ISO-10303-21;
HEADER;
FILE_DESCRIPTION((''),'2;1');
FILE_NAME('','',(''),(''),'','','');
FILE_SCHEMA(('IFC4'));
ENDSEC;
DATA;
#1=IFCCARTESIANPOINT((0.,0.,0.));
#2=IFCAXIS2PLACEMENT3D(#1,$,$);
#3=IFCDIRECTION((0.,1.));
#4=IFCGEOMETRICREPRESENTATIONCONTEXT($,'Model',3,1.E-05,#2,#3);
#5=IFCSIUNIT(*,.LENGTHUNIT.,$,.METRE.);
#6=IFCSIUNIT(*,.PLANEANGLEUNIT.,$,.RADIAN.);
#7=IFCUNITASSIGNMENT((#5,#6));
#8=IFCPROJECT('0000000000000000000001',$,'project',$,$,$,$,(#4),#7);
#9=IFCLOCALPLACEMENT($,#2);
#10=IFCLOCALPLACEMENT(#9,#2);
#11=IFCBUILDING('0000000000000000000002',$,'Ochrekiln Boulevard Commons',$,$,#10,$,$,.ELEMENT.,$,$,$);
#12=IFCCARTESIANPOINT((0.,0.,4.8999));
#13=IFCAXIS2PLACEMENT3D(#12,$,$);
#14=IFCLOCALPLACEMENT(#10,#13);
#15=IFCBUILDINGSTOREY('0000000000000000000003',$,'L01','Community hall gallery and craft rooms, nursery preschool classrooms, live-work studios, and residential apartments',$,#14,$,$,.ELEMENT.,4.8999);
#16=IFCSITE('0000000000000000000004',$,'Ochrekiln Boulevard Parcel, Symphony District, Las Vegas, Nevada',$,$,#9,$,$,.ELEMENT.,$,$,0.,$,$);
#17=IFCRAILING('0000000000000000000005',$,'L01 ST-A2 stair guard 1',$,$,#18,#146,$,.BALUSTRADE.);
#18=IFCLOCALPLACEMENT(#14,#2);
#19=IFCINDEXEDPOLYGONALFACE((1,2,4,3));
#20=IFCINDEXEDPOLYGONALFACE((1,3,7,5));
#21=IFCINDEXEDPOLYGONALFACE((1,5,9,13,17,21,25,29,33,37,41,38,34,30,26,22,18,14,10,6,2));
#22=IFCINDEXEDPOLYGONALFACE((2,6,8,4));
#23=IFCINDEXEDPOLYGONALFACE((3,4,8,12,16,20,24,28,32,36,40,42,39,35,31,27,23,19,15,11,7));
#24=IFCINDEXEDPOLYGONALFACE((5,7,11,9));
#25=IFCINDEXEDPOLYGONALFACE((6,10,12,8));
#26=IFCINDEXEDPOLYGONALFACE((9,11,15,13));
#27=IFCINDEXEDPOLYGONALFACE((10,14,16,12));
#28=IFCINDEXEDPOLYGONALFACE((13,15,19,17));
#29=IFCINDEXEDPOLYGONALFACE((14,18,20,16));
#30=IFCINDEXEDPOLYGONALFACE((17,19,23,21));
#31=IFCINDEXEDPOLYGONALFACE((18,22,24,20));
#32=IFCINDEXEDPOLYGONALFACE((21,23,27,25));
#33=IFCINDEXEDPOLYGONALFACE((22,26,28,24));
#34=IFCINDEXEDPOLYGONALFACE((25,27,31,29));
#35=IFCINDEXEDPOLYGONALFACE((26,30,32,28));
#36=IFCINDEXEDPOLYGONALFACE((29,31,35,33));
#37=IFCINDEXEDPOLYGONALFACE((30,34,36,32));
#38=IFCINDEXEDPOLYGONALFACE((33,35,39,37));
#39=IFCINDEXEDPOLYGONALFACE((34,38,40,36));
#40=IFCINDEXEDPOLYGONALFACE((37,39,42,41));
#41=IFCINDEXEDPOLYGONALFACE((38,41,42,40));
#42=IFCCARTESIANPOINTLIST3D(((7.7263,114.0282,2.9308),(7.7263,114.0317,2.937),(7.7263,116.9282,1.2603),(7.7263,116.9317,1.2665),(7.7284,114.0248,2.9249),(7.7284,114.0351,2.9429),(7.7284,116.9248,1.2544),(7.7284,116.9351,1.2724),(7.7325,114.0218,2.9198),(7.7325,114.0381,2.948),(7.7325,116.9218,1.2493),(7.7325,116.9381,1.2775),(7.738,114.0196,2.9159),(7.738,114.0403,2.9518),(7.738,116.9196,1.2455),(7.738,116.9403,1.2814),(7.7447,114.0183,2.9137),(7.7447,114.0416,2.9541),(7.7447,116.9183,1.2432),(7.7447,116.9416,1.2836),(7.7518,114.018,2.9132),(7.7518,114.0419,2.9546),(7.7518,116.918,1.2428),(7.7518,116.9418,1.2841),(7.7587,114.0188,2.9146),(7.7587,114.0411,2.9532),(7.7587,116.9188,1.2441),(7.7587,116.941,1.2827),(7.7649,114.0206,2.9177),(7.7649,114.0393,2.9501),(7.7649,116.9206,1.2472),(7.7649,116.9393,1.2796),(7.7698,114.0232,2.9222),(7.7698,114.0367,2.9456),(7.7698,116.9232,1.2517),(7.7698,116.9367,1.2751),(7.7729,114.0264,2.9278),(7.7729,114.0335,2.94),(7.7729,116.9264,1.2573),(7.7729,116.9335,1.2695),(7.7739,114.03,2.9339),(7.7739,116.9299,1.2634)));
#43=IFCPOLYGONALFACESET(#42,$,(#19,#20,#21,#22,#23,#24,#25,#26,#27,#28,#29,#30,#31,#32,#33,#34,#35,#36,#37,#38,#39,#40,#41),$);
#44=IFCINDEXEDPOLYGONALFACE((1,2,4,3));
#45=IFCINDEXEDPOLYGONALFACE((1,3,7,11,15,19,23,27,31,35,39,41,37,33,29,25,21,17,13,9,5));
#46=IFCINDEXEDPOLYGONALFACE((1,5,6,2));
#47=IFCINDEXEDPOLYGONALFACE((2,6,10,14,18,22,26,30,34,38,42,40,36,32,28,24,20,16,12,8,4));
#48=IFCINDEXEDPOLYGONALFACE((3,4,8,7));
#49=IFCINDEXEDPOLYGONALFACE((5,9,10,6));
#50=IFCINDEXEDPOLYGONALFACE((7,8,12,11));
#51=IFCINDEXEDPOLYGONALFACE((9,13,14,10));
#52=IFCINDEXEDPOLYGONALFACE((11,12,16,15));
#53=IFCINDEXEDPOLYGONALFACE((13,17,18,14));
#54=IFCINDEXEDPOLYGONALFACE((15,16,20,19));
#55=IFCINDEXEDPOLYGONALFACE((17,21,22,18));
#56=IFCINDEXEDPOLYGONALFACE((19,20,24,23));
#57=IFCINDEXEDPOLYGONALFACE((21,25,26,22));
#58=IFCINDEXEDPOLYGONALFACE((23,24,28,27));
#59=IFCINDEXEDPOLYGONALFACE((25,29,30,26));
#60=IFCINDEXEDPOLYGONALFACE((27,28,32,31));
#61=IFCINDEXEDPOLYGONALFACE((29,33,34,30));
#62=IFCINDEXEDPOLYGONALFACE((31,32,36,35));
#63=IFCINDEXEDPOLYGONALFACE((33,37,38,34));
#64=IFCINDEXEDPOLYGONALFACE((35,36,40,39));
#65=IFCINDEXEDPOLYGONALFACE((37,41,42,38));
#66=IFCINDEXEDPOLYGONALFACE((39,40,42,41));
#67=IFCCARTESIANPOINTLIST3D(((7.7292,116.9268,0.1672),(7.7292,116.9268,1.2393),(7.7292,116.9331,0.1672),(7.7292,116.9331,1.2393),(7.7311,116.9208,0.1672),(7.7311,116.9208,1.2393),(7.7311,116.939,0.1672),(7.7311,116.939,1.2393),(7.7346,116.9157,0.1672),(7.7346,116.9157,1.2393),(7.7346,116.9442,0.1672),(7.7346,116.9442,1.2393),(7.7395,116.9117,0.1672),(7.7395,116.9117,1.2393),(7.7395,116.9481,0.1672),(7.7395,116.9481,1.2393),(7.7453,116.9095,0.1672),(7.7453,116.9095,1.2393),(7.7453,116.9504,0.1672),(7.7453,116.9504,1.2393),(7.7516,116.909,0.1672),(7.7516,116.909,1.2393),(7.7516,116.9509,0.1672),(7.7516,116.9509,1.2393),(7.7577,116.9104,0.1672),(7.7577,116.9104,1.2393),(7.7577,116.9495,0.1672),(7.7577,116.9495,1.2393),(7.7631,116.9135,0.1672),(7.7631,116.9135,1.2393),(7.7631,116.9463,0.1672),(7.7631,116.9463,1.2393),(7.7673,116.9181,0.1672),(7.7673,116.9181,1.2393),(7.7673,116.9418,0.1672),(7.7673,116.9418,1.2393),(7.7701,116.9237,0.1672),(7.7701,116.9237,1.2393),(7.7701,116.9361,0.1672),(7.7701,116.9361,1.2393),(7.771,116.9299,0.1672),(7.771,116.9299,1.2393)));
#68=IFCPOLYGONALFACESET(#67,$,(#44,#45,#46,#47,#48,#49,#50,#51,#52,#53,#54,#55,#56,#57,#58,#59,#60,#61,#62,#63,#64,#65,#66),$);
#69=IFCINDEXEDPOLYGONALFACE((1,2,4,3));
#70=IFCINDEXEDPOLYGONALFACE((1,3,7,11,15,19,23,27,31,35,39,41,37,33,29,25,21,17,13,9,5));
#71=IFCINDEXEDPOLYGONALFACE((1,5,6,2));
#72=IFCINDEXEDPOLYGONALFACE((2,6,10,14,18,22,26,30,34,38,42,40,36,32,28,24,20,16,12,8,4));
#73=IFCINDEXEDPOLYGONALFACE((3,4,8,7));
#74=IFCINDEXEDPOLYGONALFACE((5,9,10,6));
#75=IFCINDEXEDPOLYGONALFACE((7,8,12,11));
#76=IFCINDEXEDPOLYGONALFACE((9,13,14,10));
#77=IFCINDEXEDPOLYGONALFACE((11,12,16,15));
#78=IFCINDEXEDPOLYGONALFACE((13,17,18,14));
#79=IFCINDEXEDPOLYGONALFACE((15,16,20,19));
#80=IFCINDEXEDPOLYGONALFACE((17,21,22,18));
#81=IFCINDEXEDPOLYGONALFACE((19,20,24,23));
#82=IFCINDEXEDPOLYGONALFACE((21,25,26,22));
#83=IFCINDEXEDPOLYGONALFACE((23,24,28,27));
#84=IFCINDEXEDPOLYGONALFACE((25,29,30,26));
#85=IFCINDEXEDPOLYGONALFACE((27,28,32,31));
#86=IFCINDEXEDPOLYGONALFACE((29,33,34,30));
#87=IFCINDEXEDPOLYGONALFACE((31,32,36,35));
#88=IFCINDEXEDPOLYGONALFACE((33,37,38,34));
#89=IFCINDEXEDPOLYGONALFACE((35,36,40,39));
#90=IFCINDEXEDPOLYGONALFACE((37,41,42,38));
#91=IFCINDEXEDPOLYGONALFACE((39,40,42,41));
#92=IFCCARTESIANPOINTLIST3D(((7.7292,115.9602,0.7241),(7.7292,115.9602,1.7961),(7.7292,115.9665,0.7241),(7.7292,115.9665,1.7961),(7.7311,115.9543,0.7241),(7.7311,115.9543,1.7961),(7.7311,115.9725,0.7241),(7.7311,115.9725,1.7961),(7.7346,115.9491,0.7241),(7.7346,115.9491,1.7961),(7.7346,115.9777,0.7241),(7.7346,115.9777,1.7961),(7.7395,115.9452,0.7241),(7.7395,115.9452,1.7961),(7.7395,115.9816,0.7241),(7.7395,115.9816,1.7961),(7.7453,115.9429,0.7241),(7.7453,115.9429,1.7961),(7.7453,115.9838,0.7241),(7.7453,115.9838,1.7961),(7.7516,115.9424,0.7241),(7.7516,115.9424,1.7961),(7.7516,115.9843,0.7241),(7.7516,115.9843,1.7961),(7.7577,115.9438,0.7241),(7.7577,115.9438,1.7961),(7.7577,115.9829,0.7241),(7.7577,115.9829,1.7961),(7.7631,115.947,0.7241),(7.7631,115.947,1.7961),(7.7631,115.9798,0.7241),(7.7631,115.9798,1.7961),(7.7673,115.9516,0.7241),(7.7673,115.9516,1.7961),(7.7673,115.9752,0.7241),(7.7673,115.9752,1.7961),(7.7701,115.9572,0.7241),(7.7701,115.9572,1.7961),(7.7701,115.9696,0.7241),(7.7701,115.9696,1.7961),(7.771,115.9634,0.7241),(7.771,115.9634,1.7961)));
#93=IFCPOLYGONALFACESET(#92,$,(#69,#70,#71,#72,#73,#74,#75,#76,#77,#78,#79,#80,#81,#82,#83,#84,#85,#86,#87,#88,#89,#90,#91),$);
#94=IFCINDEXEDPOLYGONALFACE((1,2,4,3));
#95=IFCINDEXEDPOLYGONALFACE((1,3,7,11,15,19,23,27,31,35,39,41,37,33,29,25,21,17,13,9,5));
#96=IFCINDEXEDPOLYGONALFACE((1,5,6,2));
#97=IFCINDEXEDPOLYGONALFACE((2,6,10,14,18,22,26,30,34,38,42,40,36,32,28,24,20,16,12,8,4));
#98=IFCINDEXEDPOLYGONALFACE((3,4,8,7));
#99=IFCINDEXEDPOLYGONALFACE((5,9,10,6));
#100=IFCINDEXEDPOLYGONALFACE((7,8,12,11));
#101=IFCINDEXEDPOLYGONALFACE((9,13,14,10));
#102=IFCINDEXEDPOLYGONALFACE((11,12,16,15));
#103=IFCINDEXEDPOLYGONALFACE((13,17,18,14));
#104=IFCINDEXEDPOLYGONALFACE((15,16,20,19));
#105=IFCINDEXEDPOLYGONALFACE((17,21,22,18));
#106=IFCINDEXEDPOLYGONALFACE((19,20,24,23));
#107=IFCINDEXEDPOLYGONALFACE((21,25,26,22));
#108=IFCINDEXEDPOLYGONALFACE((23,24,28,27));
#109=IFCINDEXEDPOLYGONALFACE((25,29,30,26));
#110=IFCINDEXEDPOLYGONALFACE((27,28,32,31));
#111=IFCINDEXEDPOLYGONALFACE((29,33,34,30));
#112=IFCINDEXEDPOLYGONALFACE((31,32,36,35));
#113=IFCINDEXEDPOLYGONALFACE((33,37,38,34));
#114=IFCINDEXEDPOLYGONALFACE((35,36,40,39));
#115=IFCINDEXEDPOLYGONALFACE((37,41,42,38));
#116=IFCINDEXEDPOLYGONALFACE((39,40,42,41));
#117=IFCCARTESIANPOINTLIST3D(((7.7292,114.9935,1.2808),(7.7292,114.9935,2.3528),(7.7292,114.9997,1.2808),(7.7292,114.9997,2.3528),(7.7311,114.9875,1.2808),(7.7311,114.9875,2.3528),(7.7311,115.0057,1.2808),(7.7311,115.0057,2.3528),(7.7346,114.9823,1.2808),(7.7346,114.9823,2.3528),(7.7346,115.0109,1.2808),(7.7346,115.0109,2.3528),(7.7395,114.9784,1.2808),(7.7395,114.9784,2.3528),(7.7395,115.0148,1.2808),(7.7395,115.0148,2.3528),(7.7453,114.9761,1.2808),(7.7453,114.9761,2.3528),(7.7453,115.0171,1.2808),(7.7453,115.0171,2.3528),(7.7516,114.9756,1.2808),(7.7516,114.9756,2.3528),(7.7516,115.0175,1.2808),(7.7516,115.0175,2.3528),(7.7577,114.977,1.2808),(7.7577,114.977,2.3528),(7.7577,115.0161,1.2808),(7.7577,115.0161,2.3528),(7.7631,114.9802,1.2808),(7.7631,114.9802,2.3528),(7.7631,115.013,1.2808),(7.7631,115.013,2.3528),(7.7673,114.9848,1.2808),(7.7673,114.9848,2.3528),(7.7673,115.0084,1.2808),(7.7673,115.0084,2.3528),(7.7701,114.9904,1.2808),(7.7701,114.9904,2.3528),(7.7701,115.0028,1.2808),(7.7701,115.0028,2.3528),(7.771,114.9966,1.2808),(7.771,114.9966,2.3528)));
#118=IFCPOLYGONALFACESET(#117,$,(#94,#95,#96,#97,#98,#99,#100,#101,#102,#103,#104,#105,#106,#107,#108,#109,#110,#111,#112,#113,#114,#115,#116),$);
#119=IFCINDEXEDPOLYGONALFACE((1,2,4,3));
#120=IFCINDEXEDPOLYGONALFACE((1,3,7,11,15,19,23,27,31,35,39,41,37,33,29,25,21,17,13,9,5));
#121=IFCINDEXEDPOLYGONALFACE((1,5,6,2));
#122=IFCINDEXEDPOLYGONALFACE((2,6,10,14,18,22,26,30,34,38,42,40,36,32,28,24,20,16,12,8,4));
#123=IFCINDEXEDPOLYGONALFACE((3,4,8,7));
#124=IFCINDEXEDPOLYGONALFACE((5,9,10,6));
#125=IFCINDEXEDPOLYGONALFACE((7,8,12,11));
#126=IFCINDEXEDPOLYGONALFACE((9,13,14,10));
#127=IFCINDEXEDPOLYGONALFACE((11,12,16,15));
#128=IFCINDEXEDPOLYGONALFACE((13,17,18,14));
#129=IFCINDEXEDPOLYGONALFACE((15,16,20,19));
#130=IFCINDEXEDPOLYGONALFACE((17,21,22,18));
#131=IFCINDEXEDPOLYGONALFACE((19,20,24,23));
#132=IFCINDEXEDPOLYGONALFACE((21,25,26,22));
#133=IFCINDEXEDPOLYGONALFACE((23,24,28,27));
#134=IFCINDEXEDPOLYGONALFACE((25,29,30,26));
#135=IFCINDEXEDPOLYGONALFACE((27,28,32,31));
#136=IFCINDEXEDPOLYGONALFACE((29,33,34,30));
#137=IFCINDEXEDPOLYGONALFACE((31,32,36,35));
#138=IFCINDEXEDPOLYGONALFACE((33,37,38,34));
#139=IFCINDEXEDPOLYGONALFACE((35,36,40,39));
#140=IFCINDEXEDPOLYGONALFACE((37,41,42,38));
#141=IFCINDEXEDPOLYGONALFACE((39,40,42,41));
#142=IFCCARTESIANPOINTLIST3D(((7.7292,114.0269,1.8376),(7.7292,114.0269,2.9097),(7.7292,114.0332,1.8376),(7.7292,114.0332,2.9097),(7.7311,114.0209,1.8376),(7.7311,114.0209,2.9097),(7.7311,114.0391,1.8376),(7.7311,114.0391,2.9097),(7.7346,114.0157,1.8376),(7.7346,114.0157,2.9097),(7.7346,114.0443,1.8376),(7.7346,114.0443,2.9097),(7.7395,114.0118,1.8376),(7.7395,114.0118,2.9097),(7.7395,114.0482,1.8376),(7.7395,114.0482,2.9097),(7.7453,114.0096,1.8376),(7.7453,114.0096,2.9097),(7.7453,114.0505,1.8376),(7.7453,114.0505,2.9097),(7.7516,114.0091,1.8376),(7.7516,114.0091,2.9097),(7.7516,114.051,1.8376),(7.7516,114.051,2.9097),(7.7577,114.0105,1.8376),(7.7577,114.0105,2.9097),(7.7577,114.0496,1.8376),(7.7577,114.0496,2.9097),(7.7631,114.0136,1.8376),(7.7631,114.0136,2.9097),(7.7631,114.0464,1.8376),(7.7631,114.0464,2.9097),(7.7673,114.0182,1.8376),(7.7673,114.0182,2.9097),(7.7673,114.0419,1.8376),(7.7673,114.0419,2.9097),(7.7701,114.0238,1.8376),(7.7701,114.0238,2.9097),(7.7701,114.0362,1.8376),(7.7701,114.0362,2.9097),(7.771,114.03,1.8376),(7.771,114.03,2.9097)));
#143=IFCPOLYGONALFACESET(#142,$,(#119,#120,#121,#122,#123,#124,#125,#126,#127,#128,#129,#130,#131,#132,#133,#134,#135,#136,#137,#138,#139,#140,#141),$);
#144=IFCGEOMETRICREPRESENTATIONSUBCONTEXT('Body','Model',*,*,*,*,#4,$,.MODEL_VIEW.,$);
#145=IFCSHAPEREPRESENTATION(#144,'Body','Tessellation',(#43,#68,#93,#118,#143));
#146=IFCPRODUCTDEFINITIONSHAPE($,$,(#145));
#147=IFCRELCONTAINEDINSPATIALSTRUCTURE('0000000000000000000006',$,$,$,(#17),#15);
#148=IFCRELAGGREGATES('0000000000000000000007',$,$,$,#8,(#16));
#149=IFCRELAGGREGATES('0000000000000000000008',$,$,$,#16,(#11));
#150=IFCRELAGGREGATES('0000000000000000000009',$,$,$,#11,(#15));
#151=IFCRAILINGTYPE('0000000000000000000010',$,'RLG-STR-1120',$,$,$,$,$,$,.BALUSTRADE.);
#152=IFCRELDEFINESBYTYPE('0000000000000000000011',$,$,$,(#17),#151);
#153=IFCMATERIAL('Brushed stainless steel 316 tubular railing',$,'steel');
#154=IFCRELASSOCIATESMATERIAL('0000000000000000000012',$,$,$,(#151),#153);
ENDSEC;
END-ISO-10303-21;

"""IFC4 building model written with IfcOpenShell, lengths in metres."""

from ifc_helpers import new_model, si_unit, direction, frame, origin, origin_2d, place, context, subcontext, project, spatial, circle, extrude, material, type_object, element, save


model = new_model("IFC4")

# Units and contexts
model_context = context("Model", 3, precision=1e-05, world=origin(), true_north=direction((0.0, 1.0)))
body_context = subcontext(model_context, "Body", "Model", "MODEL_VIEW")
ifc_project = project(units=[si_unit("LENGTHUNIT", "METRE"), si_unit("PLANEANGLEUNIT", "RADIAN")], contexts=[model_context])

# Site, building, storey
site_placement = place(None, origin())
site = spatial("IfcSite", under=ifc_project, at=site_placement, Name="Ochrekiln Boulevard Parcel, Symphony District, Las Vegas, Nevada", CompositionType="ELEMENT", RefElevation=0.0)
building_placement = place(site_placement, origin())
building = spatial("IfcBuilding", under=site, at=building_placement, Name="Ochrekiln Boulevard Commons", CompositionType="ELEMENT")
storey_placement = place(building_placement, frame((0.0, 0.0, 4.8999)))
storey = spatial("IfcBuildingStorey", under=building, at=storey_placement, Name="L01", Description="Community hall gallery and craft rooms, nursery preschool classrooms, live-work studios, and residential apartments", CompositionType="ELEMENT", Elevation=4.8999)

# Railing
ifc_material_1 = material(Name="Brushed stainless steel 316 tubular railing", Category="steel")
railing_type_1 = type_object("IfcRailingType", Name="RLG-STR-1120", PredefinedType="BALUSTRADE", material=ifc_material_1)
railing_1_placement = place(storey_placement, frame((7.75, 116.9299, 0.1672)))
element("IfcRailing", 1, at=railing_1_placement, inside=storey, type_object=railing_type_1, Name="L01 ST-A2 stair guard 1", PredefinedType="BALUSTRADE", context=body_context, shape_type="SweptSolid", body=[
    extrude(circle(Radius=0.0239, at=origin_2d()), frame((0.0, 0.0, 1.0962), z_axis=(0.0, -0.866523, 0.499137), x_axis=(1.0, 0.0, 0.0)), (0.0, 0.0, 1.0), 3.3467),
    extrude(circle(Radius=0.021, at=origin_2d()), origin(), (0.0, 0.0, 1.0), 1.072),
    extrude(circle(Radius=0.021, at=origin_2d()), frame((0.0, -0.9666, 0.5569)), (0.0, 0.0, 1.0), 1.072),
    extrude(circle(Radius=0.021, at=origin_2d()), frame((0.0, -1.9333, 1.1135)), (0.0, 0.0, 1.0), 1.072),
    extrude(circle(Radius=0.021, at=origin_2d()), frame((0.0, -2.8999, 1.6704)), (0.0, 0.0, 1.0), 1.072),
])

save(model, "model.ifc")
